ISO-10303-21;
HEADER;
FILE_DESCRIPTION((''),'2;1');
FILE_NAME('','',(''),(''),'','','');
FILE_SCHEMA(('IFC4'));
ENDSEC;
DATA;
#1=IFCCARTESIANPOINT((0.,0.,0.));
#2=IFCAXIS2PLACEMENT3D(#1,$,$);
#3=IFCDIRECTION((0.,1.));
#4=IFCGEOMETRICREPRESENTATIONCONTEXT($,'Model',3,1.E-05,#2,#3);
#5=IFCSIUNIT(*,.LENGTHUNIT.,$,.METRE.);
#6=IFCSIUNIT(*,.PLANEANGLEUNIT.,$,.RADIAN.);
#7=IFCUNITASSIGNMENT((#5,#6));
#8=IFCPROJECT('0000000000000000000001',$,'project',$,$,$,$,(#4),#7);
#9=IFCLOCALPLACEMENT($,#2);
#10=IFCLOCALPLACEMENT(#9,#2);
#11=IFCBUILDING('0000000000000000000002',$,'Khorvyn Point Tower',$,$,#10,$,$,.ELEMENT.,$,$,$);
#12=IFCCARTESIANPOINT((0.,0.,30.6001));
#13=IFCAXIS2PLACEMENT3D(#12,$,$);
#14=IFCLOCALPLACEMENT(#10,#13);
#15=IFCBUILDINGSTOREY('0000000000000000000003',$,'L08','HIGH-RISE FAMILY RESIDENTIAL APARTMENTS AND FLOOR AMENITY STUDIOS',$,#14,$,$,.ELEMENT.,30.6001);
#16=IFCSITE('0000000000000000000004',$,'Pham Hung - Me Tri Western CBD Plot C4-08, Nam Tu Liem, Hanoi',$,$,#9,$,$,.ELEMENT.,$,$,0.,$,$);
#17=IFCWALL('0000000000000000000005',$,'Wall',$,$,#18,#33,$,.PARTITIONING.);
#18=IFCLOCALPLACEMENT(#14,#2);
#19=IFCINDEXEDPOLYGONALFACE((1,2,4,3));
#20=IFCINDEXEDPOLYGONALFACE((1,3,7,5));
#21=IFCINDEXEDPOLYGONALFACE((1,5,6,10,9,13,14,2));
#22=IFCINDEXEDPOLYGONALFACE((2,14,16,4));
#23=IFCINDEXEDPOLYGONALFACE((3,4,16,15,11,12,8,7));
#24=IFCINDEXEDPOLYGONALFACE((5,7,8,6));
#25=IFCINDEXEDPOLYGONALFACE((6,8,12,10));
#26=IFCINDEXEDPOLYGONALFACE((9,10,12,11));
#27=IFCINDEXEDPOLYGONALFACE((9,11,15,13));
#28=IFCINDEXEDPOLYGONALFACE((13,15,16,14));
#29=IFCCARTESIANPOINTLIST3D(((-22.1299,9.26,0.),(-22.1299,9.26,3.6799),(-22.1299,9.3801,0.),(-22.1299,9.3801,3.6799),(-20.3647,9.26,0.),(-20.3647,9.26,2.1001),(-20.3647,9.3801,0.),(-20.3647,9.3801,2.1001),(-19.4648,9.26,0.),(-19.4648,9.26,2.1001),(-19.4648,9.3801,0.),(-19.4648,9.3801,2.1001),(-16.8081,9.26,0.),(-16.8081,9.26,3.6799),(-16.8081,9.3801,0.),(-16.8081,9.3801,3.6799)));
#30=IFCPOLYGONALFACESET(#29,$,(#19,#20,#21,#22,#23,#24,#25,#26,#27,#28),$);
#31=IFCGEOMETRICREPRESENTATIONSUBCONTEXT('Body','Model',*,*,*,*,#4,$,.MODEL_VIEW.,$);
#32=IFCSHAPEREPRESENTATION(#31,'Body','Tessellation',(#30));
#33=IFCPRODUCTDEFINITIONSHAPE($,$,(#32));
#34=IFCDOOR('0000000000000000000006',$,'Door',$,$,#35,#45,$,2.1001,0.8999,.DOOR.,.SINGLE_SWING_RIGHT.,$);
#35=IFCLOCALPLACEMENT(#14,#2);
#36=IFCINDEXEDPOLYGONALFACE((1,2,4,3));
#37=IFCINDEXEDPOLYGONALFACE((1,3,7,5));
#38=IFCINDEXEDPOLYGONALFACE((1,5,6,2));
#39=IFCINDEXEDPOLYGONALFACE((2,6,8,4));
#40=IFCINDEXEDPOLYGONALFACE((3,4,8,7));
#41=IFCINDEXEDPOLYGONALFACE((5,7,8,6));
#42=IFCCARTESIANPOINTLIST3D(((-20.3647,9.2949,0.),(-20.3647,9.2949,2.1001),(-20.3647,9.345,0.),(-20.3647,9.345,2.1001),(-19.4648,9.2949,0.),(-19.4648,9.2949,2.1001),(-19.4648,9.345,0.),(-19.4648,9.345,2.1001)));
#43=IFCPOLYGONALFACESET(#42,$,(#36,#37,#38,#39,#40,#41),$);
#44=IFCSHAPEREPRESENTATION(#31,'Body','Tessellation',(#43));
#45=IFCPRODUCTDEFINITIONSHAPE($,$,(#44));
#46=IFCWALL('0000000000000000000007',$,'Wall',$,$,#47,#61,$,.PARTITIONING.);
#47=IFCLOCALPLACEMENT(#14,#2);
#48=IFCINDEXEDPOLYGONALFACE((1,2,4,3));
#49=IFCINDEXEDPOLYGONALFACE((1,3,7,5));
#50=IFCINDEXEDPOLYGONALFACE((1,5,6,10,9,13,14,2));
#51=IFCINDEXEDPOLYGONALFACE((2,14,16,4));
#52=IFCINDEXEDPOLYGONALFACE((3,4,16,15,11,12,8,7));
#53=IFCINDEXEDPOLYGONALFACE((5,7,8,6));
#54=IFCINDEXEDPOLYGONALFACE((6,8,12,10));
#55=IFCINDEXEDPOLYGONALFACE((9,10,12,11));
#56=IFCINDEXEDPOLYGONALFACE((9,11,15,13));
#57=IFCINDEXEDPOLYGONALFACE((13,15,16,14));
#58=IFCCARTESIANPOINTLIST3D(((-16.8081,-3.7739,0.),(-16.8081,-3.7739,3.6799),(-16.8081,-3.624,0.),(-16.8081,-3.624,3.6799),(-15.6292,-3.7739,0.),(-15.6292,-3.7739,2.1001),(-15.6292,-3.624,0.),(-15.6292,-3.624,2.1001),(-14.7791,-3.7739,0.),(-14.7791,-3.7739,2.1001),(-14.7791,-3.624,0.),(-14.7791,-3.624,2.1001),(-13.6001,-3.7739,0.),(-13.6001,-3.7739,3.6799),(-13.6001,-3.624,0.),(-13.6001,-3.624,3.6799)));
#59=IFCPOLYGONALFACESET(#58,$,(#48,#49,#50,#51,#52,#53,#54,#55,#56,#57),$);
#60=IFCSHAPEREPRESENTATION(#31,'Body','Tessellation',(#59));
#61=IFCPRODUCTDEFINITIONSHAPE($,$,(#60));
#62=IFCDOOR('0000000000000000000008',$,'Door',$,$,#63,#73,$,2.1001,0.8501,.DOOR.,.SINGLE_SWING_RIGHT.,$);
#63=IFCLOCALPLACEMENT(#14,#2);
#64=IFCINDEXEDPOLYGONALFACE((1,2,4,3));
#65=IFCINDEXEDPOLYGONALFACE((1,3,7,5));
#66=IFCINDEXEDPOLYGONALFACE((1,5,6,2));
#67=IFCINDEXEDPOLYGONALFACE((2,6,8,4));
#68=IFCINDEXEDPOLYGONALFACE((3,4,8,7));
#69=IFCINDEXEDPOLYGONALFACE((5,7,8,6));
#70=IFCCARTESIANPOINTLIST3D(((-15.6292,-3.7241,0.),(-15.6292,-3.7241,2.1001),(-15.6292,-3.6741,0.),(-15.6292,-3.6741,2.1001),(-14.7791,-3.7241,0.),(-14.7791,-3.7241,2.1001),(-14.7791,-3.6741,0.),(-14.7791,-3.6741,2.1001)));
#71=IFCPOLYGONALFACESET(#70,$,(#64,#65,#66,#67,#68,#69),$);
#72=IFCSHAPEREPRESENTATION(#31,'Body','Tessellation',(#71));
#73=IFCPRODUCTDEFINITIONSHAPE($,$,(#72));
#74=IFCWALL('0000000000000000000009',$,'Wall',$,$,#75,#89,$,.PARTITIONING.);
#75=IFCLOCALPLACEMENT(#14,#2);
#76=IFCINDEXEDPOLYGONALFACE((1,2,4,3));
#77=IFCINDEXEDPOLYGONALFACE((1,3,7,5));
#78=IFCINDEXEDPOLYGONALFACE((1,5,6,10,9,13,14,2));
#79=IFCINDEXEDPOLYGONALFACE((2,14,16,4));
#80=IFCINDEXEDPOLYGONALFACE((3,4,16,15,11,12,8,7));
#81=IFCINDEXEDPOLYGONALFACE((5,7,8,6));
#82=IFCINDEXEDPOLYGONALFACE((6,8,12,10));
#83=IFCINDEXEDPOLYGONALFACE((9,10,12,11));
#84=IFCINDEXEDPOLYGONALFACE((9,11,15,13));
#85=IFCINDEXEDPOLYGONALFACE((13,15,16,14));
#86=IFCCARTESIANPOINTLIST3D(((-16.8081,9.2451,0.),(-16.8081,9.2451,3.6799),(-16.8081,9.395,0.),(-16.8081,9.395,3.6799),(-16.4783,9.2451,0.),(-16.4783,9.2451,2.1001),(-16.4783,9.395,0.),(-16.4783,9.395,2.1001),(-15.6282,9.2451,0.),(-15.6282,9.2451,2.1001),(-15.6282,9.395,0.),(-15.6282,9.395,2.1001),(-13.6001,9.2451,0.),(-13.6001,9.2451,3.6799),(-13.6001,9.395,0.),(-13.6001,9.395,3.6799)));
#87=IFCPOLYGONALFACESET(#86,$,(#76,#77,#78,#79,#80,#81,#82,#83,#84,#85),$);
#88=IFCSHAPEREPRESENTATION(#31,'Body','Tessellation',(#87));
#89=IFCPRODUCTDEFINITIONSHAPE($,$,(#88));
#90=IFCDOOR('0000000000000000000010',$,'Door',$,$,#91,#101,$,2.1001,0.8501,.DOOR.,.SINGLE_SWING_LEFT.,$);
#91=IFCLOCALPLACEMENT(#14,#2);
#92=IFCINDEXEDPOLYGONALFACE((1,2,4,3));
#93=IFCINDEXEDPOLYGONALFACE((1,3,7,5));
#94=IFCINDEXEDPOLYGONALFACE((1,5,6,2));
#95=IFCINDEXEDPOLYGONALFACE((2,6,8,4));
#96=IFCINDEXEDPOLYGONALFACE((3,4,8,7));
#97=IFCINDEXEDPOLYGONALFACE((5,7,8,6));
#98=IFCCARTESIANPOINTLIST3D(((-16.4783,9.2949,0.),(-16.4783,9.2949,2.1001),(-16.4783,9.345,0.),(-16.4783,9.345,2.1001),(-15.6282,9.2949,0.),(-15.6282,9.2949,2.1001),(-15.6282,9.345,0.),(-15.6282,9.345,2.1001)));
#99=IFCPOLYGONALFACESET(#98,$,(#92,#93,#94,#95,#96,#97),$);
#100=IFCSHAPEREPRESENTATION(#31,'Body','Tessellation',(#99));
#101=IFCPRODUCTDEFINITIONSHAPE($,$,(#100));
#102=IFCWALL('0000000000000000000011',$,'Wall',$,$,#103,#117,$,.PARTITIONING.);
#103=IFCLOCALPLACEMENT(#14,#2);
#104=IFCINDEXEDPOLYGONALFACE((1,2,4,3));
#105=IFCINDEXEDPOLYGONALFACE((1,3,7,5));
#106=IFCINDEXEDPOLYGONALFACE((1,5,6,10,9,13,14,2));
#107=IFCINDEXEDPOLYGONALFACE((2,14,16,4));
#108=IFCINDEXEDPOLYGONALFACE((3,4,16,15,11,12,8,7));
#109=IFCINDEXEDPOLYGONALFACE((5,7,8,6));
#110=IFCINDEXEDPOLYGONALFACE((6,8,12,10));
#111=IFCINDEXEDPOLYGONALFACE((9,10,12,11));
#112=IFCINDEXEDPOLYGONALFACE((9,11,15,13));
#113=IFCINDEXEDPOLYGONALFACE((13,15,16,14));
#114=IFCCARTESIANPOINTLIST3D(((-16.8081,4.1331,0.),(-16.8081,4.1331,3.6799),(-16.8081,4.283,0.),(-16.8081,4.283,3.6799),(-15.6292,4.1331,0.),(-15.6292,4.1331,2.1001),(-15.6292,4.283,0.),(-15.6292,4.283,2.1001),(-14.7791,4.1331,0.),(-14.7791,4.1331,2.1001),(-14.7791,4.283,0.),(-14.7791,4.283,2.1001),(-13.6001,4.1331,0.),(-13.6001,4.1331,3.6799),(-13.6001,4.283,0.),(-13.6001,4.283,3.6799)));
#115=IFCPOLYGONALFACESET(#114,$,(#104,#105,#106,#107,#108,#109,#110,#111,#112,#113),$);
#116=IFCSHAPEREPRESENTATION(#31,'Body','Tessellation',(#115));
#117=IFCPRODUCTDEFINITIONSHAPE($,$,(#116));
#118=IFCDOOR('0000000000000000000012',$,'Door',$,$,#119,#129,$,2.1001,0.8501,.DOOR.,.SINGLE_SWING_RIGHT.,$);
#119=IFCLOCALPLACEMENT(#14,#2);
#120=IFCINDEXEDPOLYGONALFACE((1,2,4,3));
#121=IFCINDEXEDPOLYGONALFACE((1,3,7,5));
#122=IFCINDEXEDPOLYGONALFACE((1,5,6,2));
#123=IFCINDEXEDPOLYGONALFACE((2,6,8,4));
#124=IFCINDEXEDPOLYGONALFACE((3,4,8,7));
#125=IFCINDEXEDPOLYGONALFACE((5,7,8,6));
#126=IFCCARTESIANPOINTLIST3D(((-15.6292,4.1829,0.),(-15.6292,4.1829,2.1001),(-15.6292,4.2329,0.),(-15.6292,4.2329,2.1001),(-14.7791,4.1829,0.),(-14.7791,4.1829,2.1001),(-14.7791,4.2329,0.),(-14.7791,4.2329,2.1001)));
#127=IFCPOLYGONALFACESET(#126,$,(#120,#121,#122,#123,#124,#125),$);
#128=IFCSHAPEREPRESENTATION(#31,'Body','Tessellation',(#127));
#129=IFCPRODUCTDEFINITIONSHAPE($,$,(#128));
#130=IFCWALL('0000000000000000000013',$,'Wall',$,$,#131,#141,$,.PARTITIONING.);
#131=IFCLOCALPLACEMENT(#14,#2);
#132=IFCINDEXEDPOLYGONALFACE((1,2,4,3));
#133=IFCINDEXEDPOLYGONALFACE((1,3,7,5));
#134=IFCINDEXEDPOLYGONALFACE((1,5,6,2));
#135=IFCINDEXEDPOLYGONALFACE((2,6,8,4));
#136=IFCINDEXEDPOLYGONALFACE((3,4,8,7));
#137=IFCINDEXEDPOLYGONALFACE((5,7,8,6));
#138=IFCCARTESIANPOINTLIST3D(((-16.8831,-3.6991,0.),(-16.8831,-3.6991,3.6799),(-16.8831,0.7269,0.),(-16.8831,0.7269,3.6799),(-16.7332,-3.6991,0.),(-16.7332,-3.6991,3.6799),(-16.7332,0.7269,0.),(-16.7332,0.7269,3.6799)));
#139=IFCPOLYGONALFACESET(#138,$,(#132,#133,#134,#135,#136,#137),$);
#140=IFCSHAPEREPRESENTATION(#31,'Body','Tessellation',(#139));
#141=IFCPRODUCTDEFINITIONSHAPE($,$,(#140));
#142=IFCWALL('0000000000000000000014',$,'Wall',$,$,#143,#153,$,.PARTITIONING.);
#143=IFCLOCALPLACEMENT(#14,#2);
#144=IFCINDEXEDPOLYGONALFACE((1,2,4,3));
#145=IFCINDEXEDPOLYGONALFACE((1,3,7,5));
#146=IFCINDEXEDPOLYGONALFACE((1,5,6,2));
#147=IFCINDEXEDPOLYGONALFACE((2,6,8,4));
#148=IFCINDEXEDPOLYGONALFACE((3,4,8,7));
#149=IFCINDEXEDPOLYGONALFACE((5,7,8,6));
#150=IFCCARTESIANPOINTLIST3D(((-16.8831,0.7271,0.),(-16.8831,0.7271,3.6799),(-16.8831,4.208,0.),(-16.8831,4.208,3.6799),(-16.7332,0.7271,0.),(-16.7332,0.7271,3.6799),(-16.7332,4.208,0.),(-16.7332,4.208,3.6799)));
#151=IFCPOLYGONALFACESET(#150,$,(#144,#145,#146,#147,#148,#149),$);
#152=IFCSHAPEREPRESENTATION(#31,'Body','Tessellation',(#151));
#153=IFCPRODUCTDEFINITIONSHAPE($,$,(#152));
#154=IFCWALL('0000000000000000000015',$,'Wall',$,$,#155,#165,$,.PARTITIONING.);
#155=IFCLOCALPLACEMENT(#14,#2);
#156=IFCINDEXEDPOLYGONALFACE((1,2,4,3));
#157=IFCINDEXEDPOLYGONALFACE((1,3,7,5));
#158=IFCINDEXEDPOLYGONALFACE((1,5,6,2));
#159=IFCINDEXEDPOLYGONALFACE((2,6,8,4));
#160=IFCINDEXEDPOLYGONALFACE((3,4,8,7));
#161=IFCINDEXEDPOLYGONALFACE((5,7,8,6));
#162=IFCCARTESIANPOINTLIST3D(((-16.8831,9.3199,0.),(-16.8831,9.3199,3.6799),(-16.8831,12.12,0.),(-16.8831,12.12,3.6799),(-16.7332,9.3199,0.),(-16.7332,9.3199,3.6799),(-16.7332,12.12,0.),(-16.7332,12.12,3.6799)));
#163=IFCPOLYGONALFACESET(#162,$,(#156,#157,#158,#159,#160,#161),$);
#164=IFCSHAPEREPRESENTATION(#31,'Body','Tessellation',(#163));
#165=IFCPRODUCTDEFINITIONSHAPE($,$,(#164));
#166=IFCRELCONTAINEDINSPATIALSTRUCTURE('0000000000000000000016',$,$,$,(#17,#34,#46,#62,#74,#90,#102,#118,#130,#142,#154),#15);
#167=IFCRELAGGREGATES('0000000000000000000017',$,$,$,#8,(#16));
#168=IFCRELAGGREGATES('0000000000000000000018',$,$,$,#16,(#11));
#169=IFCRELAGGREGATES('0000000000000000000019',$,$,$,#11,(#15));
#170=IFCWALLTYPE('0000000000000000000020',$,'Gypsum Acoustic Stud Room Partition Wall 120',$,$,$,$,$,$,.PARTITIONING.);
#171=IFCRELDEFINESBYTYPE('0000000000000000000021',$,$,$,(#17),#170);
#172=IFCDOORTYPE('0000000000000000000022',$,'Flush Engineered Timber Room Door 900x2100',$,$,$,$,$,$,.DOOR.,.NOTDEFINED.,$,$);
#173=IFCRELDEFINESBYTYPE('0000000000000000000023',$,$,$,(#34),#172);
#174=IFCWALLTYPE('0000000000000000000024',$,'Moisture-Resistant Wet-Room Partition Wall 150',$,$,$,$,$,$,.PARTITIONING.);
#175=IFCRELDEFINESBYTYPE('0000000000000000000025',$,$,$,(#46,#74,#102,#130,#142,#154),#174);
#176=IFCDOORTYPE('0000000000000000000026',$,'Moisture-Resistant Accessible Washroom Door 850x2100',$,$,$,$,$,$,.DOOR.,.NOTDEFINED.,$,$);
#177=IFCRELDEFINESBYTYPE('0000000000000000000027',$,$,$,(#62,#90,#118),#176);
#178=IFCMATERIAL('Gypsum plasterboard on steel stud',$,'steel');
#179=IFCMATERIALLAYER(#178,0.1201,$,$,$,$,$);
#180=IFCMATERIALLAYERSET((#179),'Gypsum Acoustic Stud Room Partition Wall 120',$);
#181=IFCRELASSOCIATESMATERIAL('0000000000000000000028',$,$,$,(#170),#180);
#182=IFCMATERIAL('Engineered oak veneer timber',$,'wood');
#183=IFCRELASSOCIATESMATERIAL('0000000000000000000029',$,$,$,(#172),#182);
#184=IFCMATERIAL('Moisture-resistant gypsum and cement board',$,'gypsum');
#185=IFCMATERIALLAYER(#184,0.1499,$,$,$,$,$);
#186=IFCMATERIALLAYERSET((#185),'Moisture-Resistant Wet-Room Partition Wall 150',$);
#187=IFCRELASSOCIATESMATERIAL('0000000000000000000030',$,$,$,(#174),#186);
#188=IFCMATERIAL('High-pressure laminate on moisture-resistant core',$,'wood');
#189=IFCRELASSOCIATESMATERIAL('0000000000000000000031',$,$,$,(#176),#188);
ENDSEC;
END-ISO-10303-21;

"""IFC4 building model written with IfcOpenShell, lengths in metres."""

from ifc_helpers import new_model, si_unit, direction, frame, frame_2d, origin, place, context, subcontext, project, spatial, rectangle, extrude, material, layer, layer_set, type_object, element, fill, save


model = new_model("IFC4")

# Units and contexts
model_context = context("Model", 3, precision=1e-05, world=origin(), true_north=direction((0.0, 1.0)))
body_context = subcontext(model_context, "Body", "Model", "MODEL_VIEW")
ifc_project = project(units=[si_unit("LENGTHUNIT", "METRE"), si_unit("PLANEANGLEUNIT", "RADIAN")], contexts=[model_context])

# Site, building, storey
site_placement = place(None, origin())
site = spatial("IfcSite", under=ifc_project, at=site_placement, Name="Pham Hung - Me Tri Western CBD Plot C4-08, Nam Tu Liem, Hanoi", CompositionType="ELEMENT", RefElevation=0.0)
building_placement = place(site_placement, origin())
building = spatial("IfcBuilding", under=site, at=building_placement, Name="Khorvyn Point Tower", CompositionType="ELEMENT")
storey_placement = place(building_placement, frame((0.0, 0.0, 30.6001)))
storey = spatial("IfcBuildingStorey", under=building, at=storey_placement, Name="L08", Description="HIGH-RISE FAMILY RESIDENTIAL APARTMENTS AND FLOOR AMENITY STUDIOS", CompositionType="ELEMENT", Elevation=30.6001)

# Walls, openings, doors
ifc_material_1 = material(Name="Gypsum plasterboard on steel stud", Category="steel")
ifc_layer_1 = layer(ifc_material_1, 0.1201)
ifc_layer_set_1 = layer_set([ifc_layer_1], Name="Gypsum Acoustic Stud Room Partition Wall 120")
wall_type_1 = type_object("IfcWallType", Name="Gypsum Acoustic Stud Room Partition Wall 120", PredefinedType="PARTITIONING", material=ifc_layer_set_1)
ifc_material_2 = material(Name="Engineered oak veneer timber", Category="wood")
door_type_1 = type_object("IfcDoorType", Name="Flush Engineered Timber Room Door 900x2100", OperationType="NOTDEFINED", PredefinedType="DOOR", material=ifc_material_2)
wall_1_placement = place(storey_placement, frame((-22.1299, 9.3201, 0.0), z_axis=(0.0, 0.0, 1.0), x_axis=(1.0, 0.0, 0.0)))
wall_1 = element("IfcWall", 1, at=wall_1_placement, inside=storey, type_object=wall_type_1, Name="Wall", PredefinedType="PARTITIONING", context=body_context, shape_type="SweptSolid", body=[
    extrude(rectangle(XDim=5.3218, YDim=0.1201, at=frame_2d((2.6609, 0.0))), origin(), (0.0, 0.0, 1.0), 3.6799),
])
opening_1_placement = place(wall_1_placement, frame((1.7651, 0.0, 0.0)))
opening_1 = element("IfcOpeningElement", 2, at=opening_1_placement, cuts=wall_1, PredefinedType="OPENING", context=body_context, shape_type="SweptSolid", body=[
    extrude(rectangle(XDim=0.8999, YDim=2.1001, at=frame_2d((0.45, 1.05))), frame((0.0, 0.0701, 0.0), z_axis=(0.0, -1.0, 0.0), x_axis=(1.0, 0.0, 0.0)), (0.0, 0.0, 1.0), 0.1401),
])
door_1_placement = place(opening_1_placement, origin())
door_1 = element("IfcDoor", 3, at=door_1_placement, inside=storey, type_object=door_type_1, Name="Door", OperationType="SINGLE_SWING_RIGHT", OverallHeight=2.1001, OverallWidth=0.8999, PredefinedType="DOOR", context=body_context, shape_type="SweptSolid", body=[
    extrude(rectangle(XDim=0.8999, YDim=2.1001, at=frame_2d((0.45, 1.05))), frame((0.0, 0.0249, 0.0), z_axis=(0.0, -1.0, 0.0), x_axis=(1.0, 0.0, 0.0)), (0.0, 0.0, 1.0), 0.05),
])
fill(opening_1, door_1)
ifc_material_3 = material(Name="Moisture-resistant gypsum and cement board", Category="gypsum")
ifc_layer_2 = layer(ifc_material_3, 0.1499)
ifc_layer_set_2 = layer_set([ifc_layer_2], Name="Moisture-Resistant Wet-Room Partition Wall 150")
wall_type_2 = type_object("IfcWallType", Name="Moisture-Resistant Wet-Room Partition Wall 150", PredefinedType="PARTITIONING", material=ifc_layer_set_2)
wall_2_placement = place(storey_placement, frame((-16.8081, -3.699, 0.0), z_axis=(0.0, 0.0, 1.0), x_axis=(1.0, 0.0, 0.0)))
wall_2 = element("IfcWall", 4, at=wall_2_placement, inside=storey, type_object=wall_type_2, Name="Wall", PredefinedType="PARTITIONING", context=body_context, shape_type="SweptSolid", body=[
    extrude(rectangle(XDim=3.208, YDim=0.1499, at=frame_2d((1.604, 0.0))), origin(), (0.0, 0.0, 1.0), 3.6799),
])
opening_2_placement = place(wall_2_placement, frame((1.179, 0.0, 0.0)))
opening_2 = element("IfcOpeningElement", 5, at=opening_2_placement, cuts=wall_2, PredefinedType="OPENING", context=body_context, shape_type="SweptSolid", body=[
    extrude(rectangle(XDim=0.8501, YDim=2.1001, at=frame_2d((0.425, 1.05))), frame((0.0, 0.085, 0.0), z_axis=(0.0, -1.0, 0.0), x_axis=(1.0, 0.0, 0.0)), (0.0, 0.0, 1.0), 0.1699),
])
ifc_material_4 = material(Name="High-pressure laminate on moisture-resistant core", Category="wood")
door_type_2 = type_object("IfcDoorType", Name="Moisture-Resistant Accessible Washroom Door 850x2100", OperationType="NOTDEFINED", PredefinedType="DOOR", material=ifc_material_4)
door_2_placement = place(opening_2_placement, origin())
door_2 = element("IfcDoor", 6, at=door_2_placement, inside=storey, type_object=door_type_2, Name="Door", OperationType="SINGLE_SWING_RIGHT", OverallHeight=2.1001, OverallWidth=0.8501, PredefinedType="DOOR", context=body_context, shape_type="SweptSolid", body=[
    extrude(rectangle(XDim=0.8501, YDim=2.1001, at=frame_2d((0.425, 1.05))), frame((0.0, 0.0249, 0.0), z_axis=(0.0, -1.0, 0.0), x_axis=(1.0, 0.0, 0.0)), (0.0, 0.0, 1.0), 0.05),
])
fill(opening_2, door_2)
wall_3_placement = place(storey_placement, frame((-16.8081, 9.3201, 0.0), z_axis=(0.0, 0.0, 1.0), x_axis=(1.0, 0.0, 0.0)))
wall_3 = element("IfcWall", 7, at=wall_3_placement, inside=storey, type_object=wall_type_2, Name="Wall", PredefinedType="PARTITIONING", context=body_context, shape_type="SweptSolid", body=[
    extrude(rectangle(XDim=3.208, YDim=0.1499, at=frame_2d((1.604, 0.0))), origin(), (0.0, 0.0, 1.0), 3.6799),
])
opening_3_placement = place(wall_3_placement, frame((0.3298, 0.0, 0.0)))
opening_3 = element("IfcOpeningElement", 8, at=opening_3_placement, cuts=wall_3, PredefinedType="OPENING", context=body_context, shape_type="SweptSolid", body=[
    extrude(rectangle(XDim=0.8501, YDim=2.1001, at=frame_2d((0.425, 1.05))), frame((0.0, 0.085, 0.0), z_axis=(0.0, -1.0, 0.0), x_axis=(1.0, 0.0, 0.0)), (0.0, 0.0, 1.0), 0.1699),
])
door_3_placement = place(opening_3_placement, origin())
door_3 = element("IfcDoor", 9, at=door_3_placement, inside=storey, type_object=door_type_2, Name="Door", OperationType="SINGLE_SWING_LEFT", OverallHeight=2.1001, OverallWidth=0.8501, PredefinedType="DOOR", context=body_context, shape_type="SweptSolid", body=[
    extrude(rectangle(XDim=0.8501, YDim=2.1001, at=frame_2d((0.425, 1.05))), frame((0.0, 0.0249, 0.0), z_axis=(0.0, -1.0, 0.0), x_axis=(1.0, 0.0, 0.0)), (0.0, 0.0, 1.0), 0.05),
])
fill(opening_3, door_3)
wall_4_placement = place(storey_placement, frame((-16.8081, 4.208, 0.0), z_axis=(0.0, 0.0, 1.0), x_axis=(1.0, 0.0, 0.0)))
wall_4 = element("IfcWall", 10, at=wall_4_placement, inside=storey, type_object=wall_type_2, Name="Wall", PredefinedType="PARTITIONING", context=body_context, shape_type="SweptSolid", body=[
    extrude(rectangle(XDim=3.208, YDim=0.1499, at=frame_2d((1.604, 0.0))), origin(), (0.0, 0.0, 1.0), 3.6799),
])
opening_4_placement = place(wall_4_placement, frame((1.179, 0.0, 0.0)))
opening_4 = element("IfcOpeningElement", 11, at=opening_4_placement, cuts=wall_4, PredefinedType="OPENING", context=body_context, shape_type="SweptSolid", body=[
    extrude(rectangle(XDim=0.8501, YDim=2.1001, at=frame_2d((0.425, 1.05))), frame((0.0, 0.085, 0.0), z_axis=(0.0, -1.0, 0.0), x_axis=(1.0, 0.0, 0.0)), (0.0, 0.0, 1.0), 0.1699),
])
door_4_placement = place(opening_4_placement, origin())
door_4 = element("IfcDoor", 12, at=door_4_placement, inside=storey, type_object=door_type_2, Name="Door", OperationType="SINGLE_SWING_RIGHT", OverallHeight=2.1001, OverallWidth=0.8501, PredefinedType="DOOR", context=body_context, shape_type="SweptSolid", body=[
    extrude(rectangle(XDim=0.8501, YDim=2.1001, at=frame_2d((0.425, 1.05))), frame((0.0, 0.0249, 0.0), z_axis=(0.0, -1.0, 0.0), x_axis=(1.0, 0.0, 0.0)), (0.0, 0.0, 1.0), 0.05),
])
fill(opening_4, door_4)

# Walls
wall_5_placement = place(storey_placement, frame((-16.8081, -3.699, 0.0), z_axis=(0.0, 0.0, 1.0), x_axis=(0.0, 1.0, 0.0)))
element("IfcWall", 13, at=wall_5_placement, inside=storey, type_object=wall_type_2, Name="Wall", PredefinedType="PARTITIONING", context=body_context, shape_type="SweptSolid", body=[
    extrude(rectangle(XDim=4.426, YDim=0.1499, at=frame_2d((2.2129, 0.0))), origin(), (0.0, 0.0, 1.0), 3.6799),
])
wall_6_placement = place(storey_placement, frame((-16.8081, 0.7271, 0.0), z_axis=(0.0, 0.0, 1.0), x_axis=(0.0, 1.0, 0.0)))
element("IfcWall", 14, at=wall_6_placement, inside=storey, type_object=wall_type_2, Name="Wall", PredefinedType="PARTITIONING", context=body_context, shape_type="SweptSolid", body=[
    extrude(rectangle(XDim=3.481, YDim=0.1499, at=frame_2d((1.7405, 0.0))), origin(), (0.0, 0.0, 1.0), 3.6799),
])
wall_7_placement = place(storey_placement, frame((-16.8081, 9.3201, 0.0), z_axis=(0.0, 0.0, 1.0), x_axis=(0.0, 1.0, 0.0)))
element("IfcWall", 15, at=wall_7_placement, inside=storey, type_object=wall_type_2, Name="Wall", PredefinedType="PARTITIONING", context=body_context, shape_type="SweptSolid", body=[
    extrude(rectangle(XDim=2.8, YDim=0.1499, at=frame_2d((1.3999, 0.0))), origin(), (0.0, 0.0, 1.0), 3.6799),
])

save(model, "model.ifc")
